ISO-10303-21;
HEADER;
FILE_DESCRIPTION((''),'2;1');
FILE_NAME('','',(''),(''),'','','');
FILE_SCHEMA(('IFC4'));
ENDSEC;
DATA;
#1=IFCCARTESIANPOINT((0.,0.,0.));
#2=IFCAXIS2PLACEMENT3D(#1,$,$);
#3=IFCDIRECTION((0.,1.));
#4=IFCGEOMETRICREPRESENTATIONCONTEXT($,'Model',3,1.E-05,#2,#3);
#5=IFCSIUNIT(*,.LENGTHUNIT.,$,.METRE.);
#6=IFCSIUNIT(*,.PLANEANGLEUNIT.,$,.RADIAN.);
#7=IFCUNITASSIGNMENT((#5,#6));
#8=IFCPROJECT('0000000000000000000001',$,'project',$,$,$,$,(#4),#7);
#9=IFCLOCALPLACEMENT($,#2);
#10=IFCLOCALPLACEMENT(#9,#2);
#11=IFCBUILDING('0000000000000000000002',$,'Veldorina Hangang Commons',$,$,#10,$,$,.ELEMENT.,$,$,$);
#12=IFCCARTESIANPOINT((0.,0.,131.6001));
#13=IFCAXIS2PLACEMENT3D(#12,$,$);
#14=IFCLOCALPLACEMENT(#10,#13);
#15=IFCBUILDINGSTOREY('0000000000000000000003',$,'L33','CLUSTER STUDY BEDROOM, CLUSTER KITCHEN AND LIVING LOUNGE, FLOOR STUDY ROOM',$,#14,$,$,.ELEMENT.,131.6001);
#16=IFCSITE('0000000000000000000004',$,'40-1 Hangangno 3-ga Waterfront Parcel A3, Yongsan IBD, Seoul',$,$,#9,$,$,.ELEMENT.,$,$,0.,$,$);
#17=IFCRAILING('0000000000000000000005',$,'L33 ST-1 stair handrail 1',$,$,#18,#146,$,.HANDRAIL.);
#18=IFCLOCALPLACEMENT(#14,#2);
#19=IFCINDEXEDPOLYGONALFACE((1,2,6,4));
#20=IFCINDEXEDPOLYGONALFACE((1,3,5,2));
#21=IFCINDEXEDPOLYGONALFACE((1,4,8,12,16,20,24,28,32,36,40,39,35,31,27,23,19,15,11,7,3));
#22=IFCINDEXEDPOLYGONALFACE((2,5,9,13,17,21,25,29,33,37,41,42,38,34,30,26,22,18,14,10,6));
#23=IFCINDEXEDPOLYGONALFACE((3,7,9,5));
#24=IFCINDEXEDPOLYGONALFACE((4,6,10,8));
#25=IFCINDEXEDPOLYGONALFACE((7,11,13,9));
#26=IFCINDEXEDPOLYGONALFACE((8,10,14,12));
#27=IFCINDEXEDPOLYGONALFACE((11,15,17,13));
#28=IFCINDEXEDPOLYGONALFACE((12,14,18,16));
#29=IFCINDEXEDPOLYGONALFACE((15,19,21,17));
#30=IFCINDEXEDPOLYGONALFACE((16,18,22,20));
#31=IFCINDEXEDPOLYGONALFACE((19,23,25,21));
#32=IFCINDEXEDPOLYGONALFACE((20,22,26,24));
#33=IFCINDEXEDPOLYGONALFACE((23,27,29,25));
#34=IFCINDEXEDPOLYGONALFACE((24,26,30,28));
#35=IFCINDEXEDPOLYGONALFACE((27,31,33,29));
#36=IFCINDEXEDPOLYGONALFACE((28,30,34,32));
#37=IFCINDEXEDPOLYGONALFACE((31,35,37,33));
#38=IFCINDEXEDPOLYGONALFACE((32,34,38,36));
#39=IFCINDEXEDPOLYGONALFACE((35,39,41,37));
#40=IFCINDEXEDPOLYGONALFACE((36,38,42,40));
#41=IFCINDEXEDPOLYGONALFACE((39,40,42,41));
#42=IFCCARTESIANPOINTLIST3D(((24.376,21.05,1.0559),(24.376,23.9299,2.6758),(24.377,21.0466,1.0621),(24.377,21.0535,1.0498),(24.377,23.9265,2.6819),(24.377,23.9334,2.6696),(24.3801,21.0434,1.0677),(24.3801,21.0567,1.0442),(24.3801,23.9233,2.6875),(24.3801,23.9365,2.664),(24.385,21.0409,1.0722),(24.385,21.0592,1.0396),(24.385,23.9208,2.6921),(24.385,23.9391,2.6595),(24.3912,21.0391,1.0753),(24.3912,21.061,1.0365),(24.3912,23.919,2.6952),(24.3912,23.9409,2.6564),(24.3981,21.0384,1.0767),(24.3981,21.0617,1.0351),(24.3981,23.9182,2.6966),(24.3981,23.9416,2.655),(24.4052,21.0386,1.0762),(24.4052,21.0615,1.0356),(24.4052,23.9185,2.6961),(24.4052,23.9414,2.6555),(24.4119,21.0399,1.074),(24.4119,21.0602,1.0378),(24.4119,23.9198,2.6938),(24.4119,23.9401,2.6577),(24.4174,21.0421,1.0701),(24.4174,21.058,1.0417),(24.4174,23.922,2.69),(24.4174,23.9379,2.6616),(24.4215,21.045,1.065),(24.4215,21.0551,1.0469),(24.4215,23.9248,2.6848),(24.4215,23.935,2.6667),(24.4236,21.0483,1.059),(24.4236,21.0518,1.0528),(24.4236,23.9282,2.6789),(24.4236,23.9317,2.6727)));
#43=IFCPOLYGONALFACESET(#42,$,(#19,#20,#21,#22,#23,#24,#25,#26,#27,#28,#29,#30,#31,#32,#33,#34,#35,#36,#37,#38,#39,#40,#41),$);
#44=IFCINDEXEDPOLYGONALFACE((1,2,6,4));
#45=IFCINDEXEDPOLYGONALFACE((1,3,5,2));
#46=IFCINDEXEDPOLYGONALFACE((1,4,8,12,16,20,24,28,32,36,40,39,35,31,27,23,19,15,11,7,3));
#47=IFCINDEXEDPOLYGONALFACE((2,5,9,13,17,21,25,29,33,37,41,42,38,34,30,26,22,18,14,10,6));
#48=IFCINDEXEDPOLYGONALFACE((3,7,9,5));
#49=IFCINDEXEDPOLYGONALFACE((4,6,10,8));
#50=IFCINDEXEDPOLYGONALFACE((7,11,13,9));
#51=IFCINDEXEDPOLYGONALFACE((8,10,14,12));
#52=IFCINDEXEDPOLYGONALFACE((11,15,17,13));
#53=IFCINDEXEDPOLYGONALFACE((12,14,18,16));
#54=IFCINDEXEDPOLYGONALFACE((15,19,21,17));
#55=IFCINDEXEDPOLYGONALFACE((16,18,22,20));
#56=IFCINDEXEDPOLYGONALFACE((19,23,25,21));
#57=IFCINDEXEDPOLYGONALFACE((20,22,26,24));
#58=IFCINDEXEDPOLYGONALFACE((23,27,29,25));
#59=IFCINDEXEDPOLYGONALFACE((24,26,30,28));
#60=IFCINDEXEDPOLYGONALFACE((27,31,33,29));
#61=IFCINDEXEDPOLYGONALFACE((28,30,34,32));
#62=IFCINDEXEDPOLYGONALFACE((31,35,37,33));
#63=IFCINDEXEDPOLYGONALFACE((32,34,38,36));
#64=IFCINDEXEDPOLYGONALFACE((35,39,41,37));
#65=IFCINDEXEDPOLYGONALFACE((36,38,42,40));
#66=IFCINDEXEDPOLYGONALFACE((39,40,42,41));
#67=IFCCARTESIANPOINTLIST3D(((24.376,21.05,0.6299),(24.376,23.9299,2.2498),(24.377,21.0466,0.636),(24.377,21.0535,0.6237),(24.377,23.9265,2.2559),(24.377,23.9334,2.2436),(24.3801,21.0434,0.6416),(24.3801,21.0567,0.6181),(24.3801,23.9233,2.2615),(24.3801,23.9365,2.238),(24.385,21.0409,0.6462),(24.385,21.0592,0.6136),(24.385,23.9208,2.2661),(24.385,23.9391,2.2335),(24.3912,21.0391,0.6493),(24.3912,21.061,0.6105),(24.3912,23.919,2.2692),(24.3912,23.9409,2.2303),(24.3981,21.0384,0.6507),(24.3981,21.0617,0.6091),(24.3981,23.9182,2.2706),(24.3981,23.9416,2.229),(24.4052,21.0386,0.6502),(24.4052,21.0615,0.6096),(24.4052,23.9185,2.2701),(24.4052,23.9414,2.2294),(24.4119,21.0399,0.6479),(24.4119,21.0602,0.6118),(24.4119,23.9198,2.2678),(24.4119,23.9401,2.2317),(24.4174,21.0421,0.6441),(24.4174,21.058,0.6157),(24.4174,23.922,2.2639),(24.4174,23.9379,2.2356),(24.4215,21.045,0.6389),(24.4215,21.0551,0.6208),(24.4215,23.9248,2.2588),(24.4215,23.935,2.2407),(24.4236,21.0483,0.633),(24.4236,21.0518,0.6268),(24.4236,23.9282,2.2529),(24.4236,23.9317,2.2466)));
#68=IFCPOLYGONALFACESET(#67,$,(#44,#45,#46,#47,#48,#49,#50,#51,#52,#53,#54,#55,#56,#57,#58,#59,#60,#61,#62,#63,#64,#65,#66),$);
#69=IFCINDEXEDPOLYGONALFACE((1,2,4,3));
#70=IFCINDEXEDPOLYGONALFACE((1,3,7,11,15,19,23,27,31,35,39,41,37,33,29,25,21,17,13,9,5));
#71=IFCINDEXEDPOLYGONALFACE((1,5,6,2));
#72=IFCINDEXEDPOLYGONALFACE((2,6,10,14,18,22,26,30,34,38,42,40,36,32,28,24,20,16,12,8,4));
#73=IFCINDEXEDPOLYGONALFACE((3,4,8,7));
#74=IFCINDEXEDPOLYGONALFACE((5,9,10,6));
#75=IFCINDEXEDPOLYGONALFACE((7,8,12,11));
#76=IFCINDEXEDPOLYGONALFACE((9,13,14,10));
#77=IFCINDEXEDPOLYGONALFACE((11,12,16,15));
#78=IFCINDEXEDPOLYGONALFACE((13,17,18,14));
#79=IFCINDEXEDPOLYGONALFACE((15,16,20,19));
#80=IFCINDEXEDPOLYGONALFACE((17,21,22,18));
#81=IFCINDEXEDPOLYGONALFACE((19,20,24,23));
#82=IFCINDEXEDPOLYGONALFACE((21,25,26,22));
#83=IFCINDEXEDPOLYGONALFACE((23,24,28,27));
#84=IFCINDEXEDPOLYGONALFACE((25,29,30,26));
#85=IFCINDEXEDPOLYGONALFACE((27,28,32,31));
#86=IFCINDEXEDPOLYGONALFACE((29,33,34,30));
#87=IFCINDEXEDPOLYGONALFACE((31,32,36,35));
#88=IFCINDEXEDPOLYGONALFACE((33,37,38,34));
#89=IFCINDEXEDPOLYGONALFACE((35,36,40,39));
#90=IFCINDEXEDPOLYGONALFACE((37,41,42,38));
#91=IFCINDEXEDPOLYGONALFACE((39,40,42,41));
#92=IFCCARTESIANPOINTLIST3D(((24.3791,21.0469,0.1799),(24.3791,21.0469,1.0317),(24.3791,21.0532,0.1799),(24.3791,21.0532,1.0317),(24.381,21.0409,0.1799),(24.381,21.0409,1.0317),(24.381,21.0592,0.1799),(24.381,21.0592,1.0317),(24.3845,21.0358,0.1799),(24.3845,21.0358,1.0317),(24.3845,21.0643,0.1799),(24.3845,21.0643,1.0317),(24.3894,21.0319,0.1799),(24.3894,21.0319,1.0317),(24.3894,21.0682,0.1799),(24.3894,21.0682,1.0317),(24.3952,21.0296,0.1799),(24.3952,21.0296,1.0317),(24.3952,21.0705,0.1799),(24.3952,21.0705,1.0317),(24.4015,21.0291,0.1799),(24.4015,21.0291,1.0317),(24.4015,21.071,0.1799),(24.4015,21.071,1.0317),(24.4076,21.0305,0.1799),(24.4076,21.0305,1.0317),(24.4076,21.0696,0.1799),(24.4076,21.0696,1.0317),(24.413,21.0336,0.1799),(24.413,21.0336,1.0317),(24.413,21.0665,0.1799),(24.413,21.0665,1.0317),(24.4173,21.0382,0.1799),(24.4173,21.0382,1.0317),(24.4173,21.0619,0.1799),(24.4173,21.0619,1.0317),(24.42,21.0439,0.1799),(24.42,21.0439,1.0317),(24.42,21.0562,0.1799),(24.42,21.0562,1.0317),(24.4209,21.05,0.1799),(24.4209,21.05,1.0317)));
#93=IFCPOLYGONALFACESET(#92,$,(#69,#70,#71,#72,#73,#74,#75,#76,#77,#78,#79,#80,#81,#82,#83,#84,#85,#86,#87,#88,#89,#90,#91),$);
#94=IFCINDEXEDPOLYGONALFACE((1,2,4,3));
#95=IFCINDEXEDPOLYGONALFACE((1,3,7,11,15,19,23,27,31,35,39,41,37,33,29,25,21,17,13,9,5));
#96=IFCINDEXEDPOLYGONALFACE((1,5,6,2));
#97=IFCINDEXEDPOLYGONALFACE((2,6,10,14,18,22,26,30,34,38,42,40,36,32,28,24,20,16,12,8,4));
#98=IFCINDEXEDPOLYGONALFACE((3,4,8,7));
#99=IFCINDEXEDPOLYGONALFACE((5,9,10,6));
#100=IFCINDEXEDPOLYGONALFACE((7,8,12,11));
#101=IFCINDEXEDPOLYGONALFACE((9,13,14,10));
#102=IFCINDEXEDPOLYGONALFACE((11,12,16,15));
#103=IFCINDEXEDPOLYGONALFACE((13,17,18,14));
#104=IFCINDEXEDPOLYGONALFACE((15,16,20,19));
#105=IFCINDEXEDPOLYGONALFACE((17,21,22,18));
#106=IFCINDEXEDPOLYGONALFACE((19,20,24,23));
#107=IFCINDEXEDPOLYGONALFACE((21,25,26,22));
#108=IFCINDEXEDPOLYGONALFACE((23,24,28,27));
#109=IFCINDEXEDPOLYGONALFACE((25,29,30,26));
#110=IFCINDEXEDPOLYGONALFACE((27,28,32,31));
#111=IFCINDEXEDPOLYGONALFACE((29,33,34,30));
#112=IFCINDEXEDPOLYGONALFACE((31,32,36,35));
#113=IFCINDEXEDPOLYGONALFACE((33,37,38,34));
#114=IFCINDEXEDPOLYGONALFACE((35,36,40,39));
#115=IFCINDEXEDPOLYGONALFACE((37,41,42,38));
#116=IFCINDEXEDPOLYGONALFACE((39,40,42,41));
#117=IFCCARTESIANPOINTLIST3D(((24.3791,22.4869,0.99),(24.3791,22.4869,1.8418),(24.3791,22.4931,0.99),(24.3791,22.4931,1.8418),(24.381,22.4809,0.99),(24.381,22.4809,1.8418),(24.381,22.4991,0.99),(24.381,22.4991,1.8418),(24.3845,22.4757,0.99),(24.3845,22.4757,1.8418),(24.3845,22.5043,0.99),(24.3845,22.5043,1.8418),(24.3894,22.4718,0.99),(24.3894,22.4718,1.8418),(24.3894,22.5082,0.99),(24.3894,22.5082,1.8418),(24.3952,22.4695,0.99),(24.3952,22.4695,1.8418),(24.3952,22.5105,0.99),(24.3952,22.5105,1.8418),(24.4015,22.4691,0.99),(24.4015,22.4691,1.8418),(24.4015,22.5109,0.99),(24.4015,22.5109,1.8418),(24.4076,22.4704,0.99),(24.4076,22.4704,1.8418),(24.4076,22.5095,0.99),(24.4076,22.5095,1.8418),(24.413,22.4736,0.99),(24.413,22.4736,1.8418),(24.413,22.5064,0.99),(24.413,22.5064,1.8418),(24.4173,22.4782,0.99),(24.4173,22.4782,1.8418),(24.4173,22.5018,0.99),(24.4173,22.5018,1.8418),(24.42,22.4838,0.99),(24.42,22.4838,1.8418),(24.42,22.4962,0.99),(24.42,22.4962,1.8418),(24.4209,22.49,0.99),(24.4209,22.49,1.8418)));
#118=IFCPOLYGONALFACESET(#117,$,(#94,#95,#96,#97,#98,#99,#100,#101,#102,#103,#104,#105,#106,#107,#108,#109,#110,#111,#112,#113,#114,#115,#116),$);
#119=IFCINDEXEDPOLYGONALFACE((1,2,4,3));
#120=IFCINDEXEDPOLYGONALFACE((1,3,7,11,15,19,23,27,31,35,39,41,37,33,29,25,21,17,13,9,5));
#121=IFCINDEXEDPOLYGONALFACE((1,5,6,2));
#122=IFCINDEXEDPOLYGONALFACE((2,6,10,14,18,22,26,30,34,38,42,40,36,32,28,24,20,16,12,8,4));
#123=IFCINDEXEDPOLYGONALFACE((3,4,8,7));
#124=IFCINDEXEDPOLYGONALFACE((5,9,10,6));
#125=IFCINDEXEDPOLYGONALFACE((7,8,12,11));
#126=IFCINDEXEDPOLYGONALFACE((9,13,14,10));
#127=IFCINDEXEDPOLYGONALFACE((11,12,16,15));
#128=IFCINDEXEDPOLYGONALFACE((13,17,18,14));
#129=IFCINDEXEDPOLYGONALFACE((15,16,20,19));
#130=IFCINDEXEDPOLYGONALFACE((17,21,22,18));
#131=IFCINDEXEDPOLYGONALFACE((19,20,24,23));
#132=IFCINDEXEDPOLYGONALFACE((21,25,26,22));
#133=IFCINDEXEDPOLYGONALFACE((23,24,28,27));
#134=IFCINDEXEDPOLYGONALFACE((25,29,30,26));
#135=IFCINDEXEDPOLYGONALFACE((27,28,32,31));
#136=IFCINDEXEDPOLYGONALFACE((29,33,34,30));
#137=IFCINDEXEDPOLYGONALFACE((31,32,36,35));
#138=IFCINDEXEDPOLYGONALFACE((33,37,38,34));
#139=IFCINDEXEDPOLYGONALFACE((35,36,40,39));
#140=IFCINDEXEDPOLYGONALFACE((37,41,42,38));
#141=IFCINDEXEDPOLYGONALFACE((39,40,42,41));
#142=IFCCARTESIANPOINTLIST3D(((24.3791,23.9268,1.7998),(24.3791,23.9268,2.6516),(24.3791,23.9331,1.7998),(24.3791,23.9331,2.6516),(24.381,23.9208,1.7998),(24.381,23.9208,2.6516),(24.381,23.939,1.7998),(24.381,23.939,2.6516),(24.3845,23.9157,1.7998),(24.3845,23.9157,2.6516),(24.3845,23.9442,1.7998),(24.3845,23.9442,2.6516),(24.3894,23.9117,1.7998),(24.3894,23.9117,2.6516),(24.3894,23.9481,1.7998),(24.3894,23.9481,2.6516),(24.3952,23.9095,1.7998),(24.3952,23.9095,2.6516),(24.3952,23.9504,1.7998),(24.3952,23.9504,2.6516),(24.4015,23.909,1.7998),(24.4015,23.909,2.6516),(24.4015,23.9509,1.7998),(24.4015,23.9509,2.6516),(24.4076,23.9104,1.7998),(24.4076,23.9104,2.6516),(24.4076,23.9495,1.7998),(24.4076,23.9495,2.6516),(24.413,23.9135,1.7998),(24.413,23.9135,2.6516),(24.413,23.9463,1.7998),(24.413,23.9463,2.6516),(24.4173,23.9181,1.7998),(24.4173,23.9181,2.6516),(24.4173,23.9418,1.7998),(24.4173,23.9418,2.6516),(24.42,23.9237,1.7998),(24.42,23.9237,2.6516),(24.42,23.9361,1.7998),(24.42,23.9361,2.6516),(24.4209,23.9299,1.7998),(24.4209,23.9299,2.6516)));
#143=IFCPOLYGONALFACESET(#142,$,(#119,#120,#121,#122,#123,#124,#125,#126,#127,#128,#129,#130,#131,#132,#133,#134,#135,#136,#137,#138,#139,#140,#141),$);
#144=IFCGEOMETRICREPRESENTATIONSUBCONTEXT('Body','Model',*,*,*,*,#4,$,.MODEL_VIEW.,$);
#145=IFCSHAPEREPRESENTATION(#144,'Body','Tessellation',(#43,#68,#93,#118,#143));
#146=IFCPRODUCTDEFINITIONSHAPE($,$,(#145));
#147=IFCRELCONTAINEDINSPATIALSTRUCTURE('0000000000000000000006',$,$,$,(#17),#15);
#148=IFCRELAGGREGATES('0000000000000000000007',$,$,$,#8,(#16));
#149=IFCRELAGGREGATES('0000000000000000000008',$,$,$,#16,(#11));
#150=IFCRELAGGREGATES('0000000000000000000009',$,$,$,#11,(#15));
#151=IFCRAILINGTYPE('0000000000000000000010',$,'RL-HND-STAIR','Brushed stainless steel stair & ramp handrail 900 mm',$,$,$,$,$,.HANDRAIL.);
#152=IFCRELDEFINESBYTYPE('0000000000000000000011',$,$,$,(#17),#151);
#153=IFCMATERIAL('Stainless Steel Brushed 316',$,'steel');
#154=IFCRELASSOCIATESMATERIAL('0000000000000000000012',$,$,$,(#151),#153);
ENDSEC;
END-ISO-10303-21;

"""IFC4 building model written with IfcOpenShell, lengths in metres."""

from ifc_helpers import new_model, si_unit, direction, frame, origin, origin_2d, place, context, subcontext, project, spatial, circle, extrude, material, type_object, element, save


model = new_model("IFC4")

# Units and contexts
model_context = context("Model", 3, precision=1e-05, world=origin(), true_north=direction((0.0, 1.0)))
body_context = subcontext(model_context, "Body", "Model", "MODEL_VIEW")
ifc_project = project(units=[si_unit("LENGTHUNIT", "METRE"), si_unit("PLANEANGLEUNIT", "RADIAN")], contexts=[model_context])

# Site, building, storey
site_placement = place(None, origin())
site = spatial("IfcSite", under=ifc_project, at=site_placement, Name="40-1 Hangangno 3-ga Waterfront Parcel A3, Yongsan IBD, Seoul", CompositionType="ELEMENT", RefElevation=0.0)
building_placement = place(site_placement, origin())
building = spatial("IfcBuilding", under=site, at=building_placement, Name="Veldorina Hangang Commons", CompositionType="ELEMENT")
storey_placement = place(building_placement, frame((0.0, 0.0, 131.6001)))
storey = spatial("IfcBuildingStorey", under=building, at=storey_placement, Name="L33", Description="CLUSTER STUDY BEDROOM, CLUSTER KITCHEN AND LIVING LOUNGE, FLOOR STUDY ROOM", CompositionType="ELEMENT", Elevation=131.6001)

# Railing
ifc_material_1 = material(Name="Stainless Steel Brushed 316", Category="steel")
railing_type_1 = type_object("IfcRailingType", Name="RL-HND-STAIR", Description="Brushed stainless steel stair & ramp handrail 900 mm", PredefinedType="HANDRAIL", material=ifc_material_1)
railing_1_placement = place(storey_placement, frame((24.3999, 21.05, 0.1799)))
element("IfcRailing", 1, at=railing_1_placement, inside=storey, type_object=railing_type_1, Name="L33 ST-1 stair handrail 1", PredefinedType="HANDRAIL", context=body_context, shape_type="SweptSolid", body=[
    extrude(circle(Radius=0.0239, at=origin_2d()), frame((0.0, 0.0, 0.876), z_axis=(0.0, 0.871583, 0.490247), x_axis=(-1.0, 0.0, 0.0)), (0.0, 0.0, 1.0), 3.3042),
    extrude(circle(Radius=0.0239, at=origin_2d()), frame((0.0, 0.0, 0.45), z_axis=(0.0, 0.871583, 0.490247), x_axis=(-1.0, 0.0, 0.0)), (0.0, 0.0, 1.0), 3.3042),
    extrude(circle(Radius=0.021, at=origin_2d()), origin(), (0.0, 0.0, 1.0), 0.8518),
    extrude(circle(Radius=0.021, at=origin_2d()), frame((0.0, 1.4399, 0.8101)), (0.0, 0.0, 1.0), 0.8518),
    extrude(circle(Radius=0.021, at=origin_2d()), frame((0.0, 2.8799, 1.6199)), (0.0, 0.0, 1.0), 0.8518),
])

save(model, "model.ifc")
